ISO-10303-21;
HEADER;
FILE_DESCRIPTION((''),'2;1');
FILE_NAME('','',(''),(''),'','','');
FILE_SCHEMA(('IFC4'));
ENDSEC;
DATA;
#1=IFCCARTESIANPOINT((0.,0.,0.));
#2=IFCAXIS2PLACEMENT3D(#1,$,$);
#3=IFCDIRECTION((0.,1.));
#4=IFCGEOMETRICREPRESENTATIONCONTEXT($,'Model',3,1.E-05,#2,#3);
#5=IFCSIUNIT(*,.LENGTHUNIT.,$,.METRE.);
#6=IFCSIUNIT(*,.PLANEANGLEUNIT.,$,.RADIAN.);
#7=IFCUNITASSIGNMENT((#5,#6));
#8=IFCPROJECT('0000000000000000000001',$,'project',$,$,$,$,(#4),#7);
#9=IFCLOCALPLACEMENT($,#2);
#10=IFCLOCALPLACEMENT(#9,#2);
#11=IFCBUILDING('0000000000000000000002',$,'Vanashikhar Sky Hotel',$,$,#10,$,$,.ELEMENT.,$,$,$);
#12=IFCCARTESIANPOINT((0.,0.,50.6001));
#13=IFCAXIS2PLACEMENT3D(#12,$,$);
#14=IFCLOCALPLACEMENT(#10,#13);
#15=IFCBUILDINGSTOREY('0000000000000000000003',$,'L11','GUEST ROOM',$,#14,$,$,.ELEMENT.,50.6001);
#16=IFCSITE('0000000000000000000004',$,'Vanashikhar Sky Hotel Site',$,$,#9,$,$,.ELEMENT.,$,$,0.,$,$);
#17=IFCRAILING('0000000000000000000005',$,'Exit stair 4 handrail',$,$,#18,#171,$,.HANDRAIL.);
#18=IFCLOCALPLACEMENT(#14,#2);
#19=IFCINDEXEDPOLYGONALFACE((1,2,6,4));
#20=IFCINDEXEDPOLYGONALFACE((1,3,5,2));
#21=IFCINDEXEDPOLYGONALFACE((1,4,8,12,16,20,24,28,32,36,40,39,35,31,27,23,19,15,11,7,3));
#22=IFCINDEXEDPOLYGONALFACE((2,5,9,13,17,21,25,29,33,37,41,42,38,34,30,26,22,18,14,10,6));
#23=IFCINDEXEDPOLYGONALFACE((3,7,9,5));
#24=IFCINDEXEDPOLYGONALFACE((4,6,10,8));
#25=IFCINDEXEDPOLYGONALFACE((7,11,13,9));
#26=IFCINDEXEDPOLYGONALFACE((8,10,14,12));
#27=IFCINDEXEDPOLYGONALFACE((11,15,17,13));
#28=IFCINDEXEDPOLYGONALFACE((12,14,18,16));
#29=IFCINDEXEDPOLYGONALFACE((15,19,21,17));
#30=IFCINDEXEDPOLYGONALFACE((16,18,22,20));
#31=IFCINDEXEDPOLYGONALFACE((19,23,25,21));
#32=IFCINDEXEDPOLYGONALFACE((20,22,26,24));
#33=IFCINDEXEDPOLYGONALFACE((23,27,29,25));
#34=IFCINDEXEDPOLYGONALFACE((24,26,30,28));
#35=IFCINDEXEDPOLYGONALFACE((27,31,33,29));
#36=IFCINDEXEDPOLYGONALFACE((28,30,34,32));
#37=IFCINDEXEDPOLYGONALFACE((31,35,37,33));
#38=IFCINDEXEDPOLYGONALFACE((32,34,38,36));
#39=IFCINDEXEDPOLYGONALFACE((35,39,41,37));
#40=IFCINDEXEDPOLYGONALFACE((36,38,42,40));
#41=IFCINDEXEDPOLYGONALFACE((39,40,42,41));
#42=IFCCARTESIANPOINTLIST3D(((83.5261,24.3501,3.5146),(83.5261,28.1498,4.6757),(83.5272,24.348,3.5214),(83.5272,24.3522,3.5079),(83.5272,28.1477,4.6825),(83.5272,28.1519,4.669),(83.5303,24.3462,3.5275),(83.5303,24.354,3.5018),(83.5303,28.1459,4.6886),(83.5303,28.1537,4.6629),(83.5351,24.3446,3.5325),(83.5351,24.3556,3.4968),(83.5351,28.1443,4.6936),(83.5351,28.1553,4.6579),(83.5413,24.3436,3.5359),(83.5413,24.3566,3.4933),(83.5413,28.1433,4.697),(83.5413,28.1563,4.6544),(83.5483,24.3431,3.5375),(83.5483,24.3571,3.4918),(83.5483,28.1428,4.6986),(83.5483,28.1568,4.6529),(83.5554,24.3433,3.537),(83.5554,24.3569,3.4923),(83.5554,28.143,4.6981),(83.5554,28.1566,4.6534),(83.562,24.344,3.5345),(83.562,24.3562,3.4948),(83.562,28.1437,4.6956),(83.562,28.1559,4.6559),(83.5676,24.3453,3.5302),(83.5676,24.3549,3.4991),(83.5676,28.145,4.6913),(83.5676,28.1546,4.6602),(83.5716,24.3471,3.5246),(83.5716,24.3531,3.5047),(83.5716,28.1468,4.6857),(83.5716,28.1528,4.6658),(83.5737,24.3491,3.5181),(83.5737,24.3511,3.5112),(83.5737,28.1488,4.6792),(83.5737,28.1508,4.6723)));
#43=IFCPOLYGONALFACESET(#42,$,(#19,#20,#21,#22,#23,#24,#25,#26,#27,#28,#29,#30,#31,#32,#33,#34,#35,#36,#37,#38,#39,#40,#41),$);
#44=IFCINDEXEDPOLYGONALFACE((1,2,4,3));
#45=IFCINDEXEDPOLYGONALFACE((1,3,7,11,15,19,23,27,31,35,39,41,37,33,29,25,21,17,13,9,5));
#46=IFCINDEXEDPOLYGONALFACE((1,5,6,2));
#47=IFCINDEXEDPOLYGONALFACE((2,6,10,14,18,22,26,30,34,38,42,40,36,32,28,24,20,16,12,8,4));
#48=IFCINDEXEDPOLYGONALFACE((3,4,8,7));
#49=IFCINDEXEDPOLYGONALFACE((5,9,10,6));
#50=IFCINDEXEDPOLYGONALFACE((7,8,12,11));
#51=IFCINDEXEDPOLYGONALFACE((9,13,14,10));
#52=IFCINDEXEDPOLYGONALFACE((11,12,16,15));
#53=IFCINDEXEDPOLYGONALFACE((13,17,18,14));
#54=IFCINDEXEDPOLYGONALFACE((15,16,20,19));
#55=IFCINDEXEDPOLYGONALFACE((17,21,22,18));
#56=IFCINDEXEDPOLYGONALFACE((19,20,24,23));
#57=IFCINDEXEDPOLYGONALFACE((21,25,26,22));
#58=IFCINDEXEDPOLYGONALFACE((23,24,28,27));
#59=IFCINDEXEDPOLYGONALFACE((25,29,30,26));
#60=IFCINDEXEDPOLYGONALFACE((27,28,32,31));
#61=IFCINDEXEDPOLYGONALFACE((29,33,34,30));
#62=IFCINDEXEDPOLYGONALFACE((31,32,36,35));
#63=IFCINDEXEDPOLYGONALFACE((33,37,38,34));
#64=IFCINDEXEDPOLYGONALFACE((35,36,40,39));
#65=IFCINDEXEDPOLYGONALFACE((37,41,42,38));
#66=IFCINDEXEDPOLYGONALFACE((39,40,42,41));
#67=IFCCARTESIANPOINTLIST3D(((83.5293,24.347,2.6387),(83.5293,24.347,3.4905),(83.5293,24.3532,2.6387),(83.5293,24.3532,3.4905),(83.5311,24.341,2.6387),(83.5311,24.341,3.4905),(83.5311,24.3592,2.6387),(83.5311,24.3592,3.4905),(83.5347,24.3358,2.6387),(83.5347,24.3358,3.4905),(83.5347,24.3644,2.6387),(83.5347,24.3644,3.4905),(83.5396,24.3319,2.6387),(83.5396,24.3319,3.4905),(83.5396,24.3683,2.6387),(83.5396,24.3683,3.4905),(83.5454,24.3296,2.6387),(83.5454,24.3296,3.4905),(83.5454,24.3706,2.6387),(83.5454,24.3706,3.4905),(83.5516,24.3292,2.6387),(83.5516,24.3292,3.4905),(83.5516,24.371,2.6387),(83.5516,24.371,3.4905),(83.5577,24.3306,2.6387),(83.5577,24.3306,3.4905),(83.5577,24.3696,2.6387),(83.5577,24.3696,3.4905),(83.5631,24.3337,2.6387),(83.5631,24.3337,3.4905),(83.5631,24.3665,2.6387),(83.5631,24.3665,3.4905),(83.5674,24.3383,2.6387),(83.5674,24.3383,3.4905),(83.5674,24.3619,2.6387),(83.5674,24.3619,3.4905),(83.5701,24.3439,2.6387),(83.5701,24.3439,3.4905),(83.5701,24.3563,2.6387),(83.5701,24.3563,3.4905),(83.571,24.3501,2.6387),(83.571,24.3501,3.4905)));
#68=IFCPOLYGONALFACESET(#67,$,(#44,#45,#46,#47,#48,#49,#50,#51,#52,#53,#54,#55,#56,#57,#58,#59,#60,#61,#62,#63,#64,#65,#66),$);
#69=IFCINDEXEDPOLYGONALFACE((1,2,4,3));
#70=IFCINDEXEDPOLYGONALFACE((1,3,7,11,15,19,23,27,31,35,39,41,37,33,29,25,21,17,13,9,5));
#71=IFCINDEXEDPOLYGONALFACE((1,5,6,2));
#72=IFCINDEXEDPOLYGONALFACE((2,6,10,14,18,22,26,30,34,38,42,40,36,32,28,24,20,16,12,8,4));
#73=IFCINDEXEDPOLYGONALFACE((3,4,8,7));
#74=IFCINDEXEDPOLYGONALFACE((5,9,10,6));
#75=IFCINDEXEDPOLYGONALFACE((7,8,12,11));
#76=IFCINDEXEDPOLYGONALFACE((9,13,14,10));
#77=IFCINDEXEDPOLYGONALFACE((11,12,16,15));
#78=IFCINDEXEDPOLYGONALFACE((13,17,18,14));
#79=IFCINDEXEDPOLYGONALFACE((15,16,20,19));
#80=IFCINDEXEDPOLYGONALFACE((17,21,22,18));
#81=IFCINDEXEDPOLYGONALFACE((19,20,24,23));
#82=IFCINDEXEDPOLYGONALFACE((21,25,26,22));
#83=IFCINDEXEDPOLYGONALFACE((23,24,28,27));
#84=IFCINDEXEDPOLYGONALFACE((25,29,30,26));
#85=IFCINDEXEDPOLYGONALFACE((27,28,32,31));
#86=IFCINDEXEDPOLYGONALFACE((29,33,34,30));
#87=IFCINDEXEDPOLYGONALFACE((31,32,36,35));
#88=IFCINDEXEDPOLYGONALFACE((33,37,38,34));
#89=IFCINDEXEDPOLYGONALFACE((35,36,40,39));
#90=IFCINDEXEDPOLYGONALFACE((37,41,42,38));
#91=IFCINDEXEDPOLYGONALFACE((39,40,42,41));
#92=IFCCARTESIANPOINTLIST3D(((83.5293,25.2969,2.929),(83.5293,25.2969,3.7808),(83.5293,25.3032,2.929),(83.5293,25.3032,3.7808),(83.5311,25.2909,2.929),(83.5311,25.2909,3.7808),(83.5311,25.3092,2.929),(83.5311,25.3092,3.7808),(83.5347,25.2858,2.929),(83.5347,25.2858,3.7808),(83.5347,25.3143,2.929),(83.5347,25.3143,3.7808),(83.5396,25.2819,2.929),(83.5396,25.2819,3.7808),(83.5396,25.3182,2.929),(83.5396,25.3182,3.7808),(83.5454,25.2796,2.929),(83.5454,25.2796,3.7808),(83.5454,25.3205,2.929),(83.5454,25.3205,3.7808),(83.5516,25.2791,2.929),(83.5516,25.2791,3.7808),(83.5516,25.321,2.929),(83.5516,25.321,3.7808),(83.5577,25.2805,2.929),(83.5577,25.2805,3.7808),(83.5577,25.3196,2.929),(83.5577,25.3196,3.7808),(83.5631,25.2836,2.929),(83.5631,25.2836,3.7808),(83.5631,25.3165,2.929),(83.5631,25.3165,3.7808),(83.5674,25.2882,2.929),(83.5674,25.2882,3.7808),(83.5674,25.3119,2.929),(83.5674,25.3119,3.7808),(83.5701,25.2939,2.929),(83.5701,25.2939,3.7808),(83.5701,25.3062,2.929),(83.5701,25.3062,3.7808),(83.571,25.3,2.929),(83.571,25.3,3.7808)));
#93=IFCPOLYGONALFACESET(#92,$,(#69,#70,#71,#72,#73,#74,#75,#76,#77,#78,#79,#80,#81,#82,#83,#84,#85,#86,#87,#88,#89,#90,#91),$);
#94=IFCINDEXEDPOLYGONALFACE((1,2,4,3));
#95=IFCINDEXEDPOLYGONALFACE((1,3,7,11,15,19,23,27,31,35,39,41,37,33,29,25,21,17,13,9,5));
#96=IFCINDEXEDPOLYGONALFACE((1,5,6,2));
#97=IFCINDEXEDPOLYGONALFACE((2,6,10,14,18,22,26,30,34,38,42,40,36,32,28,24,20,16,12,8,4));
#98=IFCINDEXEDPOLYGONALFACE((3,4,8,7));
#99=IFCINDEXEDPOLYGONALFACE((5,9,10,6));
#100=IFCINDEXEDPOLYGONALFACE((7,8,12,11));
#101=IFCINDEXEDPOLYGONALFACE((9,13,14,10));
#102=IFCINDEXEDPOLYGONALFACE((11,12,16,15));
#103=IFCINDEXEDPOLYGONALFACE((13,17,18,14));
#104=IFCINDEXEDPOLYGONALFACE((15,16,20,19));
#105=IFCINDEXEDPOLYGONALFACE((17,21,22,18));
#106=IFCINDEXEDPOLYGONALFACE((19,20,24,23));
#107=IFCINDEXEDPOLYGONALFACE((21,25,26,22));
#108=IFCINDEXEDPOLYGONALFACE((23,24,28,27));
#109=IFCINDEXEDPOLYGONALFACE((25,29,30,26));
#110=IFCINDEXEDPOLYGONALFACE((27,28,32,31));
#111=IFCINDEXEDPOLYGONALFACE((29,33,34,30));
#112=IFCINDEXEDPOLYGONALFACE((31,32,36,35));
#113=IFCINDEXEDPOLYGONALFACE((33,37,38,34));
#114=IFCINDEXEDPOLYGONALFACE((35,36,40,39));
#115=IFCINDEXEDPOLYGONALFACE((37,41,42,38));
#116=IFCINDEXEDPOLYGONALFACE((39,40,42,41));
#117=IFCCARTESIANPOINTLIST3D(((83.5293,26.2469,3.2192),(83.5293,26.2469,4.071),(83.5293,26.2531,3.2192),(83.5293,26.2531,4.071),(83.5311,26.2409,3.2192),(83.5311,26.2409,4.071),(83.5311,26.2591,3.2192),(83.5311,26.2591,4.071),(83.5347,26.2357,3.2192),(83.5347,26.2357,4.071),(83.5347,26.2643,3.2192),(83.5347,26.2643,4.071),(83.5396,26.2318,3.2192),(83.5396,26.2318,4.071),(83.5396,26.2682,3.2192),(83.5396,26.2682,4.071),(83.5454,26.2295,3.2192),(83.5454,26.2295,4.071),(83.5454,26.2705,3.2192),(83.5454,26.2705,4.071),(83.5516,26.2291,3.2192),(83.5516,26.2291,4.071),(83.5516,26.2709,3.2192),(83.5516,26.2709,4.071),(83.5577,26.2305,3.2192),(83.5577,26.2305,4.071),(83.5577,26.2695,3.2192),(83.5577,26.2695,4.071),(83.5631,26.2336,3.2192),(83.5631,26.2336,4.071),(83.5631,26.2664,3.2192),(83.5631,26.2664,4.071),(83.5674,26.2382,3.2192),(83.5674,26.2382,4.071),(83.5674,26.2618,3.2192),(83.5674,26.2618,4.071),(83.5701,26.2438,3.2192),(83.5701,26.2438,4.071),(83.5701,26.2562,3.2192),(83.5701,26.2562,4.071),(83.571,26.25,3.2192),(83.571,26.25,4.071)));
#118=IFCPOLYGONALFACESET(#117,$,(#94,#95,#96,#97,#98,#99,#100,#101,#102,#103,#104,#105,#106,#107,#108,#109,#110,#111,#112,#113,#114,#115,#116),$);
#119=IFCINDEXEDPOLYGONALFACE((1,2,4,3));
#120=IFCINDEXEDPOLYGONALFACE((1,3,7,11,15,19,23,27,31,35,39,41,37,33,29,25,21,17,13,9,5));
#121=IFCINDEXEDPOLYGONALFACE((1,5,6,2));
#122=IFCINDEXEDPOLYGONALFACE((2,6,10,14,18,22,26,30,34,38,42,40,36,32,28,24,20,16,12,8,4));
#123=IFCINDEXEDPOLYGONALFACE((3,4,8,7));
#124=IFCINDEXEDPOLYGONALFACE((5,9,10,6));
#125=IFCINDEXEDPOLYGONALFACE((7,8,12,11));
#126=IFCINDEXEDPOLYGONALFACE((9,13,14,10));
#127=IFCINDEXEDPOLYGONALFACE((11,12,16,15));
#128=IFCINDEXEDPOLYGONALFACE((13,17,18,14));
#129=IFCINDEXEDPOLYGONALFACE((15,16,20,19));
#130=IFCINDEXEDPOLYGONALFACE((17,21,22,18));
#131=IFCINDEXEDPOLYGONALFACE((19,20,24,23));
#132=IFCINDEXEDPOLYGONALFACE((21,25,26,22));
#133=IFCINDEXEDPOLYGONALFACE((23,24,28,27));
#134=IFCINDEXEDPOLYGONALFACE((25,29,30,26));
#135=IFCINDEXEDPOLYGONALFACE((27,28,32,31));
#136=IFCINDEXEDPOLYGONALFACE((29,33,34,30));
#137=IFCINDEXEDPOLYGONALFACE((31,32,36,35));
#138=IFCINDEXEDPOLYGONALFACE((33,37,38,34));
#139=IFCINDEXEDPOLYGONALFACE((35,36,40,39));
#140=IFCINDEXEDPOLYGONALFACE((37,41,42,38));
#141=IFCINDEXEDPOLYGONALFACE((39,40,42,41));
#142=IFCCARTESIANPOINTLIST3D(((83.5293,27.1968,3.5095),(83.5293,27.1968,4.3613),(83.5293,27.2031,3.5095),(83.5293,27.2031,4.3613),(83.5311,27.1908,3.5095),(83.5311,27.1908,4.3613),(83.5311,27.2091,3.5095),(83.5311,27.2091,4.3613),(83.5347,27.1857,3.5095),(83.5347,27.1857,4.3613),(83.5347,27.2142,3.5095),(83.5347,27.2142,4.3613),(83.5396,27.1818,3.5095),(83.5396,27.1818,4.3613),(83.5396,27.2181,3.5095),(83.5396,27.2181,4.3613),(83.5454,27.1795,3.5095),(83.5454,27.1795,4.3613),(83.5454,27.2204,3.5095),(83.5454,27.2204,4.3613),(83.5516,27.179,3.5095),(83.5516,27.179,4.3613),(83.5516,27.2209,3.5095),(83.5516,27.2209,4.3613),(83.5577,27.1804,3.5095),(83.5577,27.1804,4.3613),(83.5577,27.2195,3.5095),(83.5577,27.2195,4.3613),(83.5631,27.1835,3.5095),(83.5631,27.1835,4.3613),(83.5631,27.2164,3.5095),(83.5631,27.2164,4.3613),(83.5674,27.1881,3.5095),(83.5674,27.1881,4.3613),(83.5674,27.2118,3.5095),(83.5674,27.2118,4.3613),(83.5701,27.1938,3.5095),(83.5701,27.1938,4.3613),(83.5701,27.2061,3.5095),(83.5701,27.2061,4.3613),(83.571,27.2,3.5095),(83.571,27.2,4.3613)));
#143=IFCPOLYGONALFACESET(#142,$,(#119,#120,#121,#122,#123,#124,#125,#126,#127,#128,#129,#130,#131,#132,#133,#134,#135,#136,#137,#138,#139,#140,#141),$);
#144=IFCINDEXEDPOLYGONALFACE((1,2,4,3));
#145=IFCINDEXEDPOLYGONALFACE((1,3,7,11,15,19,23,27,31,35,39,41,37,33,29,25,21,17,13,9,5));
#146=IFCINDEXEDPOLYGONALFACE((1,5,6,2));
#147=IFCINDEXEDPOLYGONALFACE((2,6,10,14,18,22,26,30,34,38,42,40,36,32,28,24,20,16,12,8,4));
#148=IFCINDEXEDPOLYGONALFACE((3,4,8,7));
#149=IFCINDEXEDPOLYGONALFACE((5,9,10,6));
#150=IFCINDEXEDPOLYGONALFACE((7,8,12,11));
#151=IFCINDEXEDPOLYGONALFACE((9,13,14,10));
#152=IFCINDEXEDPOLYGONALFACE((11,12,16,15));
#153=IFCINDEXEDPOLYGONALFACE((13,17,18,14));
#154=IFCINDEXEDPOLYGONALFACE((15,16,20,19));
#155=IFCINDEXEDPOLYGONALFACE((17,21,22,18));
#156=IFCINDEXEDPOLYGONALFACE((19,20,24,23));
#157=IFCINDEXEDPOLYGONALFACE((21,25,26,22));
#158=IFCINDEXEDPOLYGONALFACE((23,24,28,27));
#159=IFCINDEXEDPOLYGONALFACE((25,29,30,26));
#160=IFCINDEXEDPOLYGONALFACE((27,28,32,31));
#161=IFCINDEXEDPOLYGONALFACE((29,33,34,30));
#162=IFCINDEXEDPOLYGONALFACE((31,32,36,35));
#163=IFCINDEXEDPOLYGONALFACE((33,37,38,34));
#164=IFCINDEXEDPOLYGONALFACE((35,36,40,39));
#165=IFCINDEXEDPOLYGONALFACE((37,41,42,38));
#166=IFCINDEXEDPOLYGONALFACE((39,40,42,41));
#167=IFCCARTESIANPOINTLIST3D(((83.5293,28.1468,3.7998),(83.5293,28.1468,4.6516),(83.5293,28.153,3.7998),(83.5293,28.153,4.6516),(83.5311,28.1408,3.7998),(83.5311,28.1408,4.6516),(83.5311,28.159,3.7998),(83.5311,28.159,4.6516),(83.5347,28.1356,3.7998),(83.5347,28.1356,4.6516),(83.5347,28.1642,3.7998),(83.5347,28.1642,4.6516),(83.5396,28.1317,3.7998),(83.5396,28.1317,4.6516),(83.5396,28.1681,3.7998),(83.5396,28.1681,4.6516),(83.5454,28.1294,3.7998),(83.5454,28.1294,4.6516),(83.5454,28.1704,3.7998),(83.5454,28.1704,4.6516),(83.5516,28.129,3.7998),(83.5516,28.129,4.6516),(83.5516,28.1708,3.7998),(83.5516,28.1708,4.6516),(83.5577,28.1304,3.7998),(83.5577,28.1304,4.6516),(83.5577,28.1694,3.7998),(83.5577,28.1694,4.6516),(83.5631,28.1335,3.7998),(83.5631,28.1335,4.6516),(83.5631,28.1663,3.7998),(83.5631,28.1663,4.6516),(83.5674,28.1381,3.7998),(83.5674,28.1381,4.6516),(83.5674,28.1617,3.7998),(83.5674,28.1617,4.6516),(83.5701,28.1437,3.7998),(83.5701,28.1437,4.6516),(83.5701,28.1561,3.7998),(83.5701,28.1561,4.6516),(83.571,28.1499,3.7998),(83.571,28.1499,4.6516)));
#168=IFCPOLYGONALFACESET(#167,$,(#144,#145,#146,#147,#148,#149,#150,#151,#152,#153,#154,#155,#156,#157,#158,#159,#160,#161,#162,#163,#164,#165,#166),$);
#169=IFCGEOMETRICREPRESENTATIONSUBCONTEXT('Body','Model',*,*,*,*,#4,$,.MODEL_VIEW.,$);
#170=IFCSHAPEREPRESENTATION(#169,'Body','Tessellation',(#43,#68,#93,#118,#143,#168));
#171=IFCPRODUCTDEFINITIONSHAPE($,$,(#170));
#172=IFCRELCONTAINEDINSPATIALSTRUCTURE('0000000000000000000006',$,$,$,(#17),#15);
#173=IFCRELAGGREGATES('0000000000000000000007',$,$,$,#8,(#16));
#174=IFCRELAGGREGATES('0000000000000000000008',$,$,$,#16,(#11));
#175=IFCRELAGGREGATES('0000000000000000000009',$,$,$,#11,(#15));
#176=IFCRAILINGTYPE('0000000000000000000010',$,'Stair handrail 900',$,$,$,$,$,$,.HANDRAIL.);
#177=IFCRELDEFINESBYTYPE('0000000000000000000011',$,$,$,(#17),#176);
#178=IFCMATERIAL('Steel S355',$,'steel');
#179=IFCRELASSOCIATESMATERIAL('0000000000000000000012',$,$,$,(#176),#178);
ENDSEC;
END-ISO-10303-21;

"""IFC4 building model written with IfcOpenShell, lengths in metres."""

from ifc_helpers import new_model, si_unit, direction, frame, origin, origin_2d, place, context, subcontext, project, spatial, circle, extrude, source, transform, mapped, material, type_object, element, save


model = new_model("IFC4")

# Units and contexts
model_context = context("Model", 3, precision=1e-05, world=origin(), true_north=direction((0.0, 1.0)))
body_context = subcontext(model_context, "Body", "Model", "MODEL_VIEW")
ifc_project = project(units=[si_unit("LENGTHUNIT", "METRE"), si_unit("PLANEANGLEUNIT", "RADIAN")], contexts=[model_context])

# Site, building, storey
site_placement = place(None, origin())
site = spatial("IfcSite", under=ifc_project, at=site_placement, Name="Vanashikhar Sky Hotel Site", CompositionType="ELEMENT", RefElevation=0.0)
building_placement = place(site_placement, origin())
building = spatial("IfcBuilding", under=site, at=building_placement, Name="Vanashikhar Sky Hotel", CompositionType="ELEMENT")
storey_placement = place(building_placement, frame((0.0, 0.0, 50.6001)))
storey = spatial("IfcBuildingStorey", under=building, at=storey_placement, Name="L11", Description="GUEST ROOM", CompositionType="ELEMENT", Elevation=50.6001)

# Railing
ifc_material_1 = material(Name="Steel S355", Category="steel")
railing_type_1 = type_object("IfcRailingType", Name="Stair handrail 900", PredefinedType="HANDRAIL", material=ifc_material_1)
shared_shape_1 = source(origin(), body_context, "Body", "SweptSolid", [
    extrude(circle(Radius=0.0239, at=origin_2d()), frame((0.0, 0.0, 0.876), z_axis=(0.0, 0.956346, 0.292237), x_axis=(-1.0, 0.0, 0.0)), (0.0, 0.0, 1.0), 3.9731),
    extrude(circle(Radius=0.021, at=origin_2d()), origin(), (0.0, 0.0, 1.0), 0.8518),
    extrude(circle(Radius=0.021, at=origin_2d()), frame((0.0, 0.95, 0.2903)), (0.0, 0.0, 1.0), 0.8518),
    extrude(circle(Radius=0.021, at=origin_2d()), frame((0.0, 1.8999, 0.5806)), (0.0, 0.0, 1.0), 0.8518),
    extrude(circle(Radius=0.021, at=origin_2d()), frame((0.0, 2.8499, 0.8708)), (0.0, 0.0, 1.0), 0.8518),
    extrude(circle(Radius=0.021, at=origin_2d()), frame((0.0, 3.7998, 1.1611)), (0.0, 0.0, 1.0), 0.8518),
])
for number, where, name in (
    (1, (83.55, 24.3501, 2.6387), "Exit stair 4 handrail"),
):
    element("IfcRailing", number, at=place(storey_placement, frame(where)), inside=storey, type_object=railing_type_1, Name=name, PredefinedType="HANDRAIL", context=body_context, shape_type="MappedRepresentation", body=[
        mapped(shared_shape_1, transform((0.0, 0.0, 0.0), scale=1.0)),
    ])

save(model, "model.ifc")
